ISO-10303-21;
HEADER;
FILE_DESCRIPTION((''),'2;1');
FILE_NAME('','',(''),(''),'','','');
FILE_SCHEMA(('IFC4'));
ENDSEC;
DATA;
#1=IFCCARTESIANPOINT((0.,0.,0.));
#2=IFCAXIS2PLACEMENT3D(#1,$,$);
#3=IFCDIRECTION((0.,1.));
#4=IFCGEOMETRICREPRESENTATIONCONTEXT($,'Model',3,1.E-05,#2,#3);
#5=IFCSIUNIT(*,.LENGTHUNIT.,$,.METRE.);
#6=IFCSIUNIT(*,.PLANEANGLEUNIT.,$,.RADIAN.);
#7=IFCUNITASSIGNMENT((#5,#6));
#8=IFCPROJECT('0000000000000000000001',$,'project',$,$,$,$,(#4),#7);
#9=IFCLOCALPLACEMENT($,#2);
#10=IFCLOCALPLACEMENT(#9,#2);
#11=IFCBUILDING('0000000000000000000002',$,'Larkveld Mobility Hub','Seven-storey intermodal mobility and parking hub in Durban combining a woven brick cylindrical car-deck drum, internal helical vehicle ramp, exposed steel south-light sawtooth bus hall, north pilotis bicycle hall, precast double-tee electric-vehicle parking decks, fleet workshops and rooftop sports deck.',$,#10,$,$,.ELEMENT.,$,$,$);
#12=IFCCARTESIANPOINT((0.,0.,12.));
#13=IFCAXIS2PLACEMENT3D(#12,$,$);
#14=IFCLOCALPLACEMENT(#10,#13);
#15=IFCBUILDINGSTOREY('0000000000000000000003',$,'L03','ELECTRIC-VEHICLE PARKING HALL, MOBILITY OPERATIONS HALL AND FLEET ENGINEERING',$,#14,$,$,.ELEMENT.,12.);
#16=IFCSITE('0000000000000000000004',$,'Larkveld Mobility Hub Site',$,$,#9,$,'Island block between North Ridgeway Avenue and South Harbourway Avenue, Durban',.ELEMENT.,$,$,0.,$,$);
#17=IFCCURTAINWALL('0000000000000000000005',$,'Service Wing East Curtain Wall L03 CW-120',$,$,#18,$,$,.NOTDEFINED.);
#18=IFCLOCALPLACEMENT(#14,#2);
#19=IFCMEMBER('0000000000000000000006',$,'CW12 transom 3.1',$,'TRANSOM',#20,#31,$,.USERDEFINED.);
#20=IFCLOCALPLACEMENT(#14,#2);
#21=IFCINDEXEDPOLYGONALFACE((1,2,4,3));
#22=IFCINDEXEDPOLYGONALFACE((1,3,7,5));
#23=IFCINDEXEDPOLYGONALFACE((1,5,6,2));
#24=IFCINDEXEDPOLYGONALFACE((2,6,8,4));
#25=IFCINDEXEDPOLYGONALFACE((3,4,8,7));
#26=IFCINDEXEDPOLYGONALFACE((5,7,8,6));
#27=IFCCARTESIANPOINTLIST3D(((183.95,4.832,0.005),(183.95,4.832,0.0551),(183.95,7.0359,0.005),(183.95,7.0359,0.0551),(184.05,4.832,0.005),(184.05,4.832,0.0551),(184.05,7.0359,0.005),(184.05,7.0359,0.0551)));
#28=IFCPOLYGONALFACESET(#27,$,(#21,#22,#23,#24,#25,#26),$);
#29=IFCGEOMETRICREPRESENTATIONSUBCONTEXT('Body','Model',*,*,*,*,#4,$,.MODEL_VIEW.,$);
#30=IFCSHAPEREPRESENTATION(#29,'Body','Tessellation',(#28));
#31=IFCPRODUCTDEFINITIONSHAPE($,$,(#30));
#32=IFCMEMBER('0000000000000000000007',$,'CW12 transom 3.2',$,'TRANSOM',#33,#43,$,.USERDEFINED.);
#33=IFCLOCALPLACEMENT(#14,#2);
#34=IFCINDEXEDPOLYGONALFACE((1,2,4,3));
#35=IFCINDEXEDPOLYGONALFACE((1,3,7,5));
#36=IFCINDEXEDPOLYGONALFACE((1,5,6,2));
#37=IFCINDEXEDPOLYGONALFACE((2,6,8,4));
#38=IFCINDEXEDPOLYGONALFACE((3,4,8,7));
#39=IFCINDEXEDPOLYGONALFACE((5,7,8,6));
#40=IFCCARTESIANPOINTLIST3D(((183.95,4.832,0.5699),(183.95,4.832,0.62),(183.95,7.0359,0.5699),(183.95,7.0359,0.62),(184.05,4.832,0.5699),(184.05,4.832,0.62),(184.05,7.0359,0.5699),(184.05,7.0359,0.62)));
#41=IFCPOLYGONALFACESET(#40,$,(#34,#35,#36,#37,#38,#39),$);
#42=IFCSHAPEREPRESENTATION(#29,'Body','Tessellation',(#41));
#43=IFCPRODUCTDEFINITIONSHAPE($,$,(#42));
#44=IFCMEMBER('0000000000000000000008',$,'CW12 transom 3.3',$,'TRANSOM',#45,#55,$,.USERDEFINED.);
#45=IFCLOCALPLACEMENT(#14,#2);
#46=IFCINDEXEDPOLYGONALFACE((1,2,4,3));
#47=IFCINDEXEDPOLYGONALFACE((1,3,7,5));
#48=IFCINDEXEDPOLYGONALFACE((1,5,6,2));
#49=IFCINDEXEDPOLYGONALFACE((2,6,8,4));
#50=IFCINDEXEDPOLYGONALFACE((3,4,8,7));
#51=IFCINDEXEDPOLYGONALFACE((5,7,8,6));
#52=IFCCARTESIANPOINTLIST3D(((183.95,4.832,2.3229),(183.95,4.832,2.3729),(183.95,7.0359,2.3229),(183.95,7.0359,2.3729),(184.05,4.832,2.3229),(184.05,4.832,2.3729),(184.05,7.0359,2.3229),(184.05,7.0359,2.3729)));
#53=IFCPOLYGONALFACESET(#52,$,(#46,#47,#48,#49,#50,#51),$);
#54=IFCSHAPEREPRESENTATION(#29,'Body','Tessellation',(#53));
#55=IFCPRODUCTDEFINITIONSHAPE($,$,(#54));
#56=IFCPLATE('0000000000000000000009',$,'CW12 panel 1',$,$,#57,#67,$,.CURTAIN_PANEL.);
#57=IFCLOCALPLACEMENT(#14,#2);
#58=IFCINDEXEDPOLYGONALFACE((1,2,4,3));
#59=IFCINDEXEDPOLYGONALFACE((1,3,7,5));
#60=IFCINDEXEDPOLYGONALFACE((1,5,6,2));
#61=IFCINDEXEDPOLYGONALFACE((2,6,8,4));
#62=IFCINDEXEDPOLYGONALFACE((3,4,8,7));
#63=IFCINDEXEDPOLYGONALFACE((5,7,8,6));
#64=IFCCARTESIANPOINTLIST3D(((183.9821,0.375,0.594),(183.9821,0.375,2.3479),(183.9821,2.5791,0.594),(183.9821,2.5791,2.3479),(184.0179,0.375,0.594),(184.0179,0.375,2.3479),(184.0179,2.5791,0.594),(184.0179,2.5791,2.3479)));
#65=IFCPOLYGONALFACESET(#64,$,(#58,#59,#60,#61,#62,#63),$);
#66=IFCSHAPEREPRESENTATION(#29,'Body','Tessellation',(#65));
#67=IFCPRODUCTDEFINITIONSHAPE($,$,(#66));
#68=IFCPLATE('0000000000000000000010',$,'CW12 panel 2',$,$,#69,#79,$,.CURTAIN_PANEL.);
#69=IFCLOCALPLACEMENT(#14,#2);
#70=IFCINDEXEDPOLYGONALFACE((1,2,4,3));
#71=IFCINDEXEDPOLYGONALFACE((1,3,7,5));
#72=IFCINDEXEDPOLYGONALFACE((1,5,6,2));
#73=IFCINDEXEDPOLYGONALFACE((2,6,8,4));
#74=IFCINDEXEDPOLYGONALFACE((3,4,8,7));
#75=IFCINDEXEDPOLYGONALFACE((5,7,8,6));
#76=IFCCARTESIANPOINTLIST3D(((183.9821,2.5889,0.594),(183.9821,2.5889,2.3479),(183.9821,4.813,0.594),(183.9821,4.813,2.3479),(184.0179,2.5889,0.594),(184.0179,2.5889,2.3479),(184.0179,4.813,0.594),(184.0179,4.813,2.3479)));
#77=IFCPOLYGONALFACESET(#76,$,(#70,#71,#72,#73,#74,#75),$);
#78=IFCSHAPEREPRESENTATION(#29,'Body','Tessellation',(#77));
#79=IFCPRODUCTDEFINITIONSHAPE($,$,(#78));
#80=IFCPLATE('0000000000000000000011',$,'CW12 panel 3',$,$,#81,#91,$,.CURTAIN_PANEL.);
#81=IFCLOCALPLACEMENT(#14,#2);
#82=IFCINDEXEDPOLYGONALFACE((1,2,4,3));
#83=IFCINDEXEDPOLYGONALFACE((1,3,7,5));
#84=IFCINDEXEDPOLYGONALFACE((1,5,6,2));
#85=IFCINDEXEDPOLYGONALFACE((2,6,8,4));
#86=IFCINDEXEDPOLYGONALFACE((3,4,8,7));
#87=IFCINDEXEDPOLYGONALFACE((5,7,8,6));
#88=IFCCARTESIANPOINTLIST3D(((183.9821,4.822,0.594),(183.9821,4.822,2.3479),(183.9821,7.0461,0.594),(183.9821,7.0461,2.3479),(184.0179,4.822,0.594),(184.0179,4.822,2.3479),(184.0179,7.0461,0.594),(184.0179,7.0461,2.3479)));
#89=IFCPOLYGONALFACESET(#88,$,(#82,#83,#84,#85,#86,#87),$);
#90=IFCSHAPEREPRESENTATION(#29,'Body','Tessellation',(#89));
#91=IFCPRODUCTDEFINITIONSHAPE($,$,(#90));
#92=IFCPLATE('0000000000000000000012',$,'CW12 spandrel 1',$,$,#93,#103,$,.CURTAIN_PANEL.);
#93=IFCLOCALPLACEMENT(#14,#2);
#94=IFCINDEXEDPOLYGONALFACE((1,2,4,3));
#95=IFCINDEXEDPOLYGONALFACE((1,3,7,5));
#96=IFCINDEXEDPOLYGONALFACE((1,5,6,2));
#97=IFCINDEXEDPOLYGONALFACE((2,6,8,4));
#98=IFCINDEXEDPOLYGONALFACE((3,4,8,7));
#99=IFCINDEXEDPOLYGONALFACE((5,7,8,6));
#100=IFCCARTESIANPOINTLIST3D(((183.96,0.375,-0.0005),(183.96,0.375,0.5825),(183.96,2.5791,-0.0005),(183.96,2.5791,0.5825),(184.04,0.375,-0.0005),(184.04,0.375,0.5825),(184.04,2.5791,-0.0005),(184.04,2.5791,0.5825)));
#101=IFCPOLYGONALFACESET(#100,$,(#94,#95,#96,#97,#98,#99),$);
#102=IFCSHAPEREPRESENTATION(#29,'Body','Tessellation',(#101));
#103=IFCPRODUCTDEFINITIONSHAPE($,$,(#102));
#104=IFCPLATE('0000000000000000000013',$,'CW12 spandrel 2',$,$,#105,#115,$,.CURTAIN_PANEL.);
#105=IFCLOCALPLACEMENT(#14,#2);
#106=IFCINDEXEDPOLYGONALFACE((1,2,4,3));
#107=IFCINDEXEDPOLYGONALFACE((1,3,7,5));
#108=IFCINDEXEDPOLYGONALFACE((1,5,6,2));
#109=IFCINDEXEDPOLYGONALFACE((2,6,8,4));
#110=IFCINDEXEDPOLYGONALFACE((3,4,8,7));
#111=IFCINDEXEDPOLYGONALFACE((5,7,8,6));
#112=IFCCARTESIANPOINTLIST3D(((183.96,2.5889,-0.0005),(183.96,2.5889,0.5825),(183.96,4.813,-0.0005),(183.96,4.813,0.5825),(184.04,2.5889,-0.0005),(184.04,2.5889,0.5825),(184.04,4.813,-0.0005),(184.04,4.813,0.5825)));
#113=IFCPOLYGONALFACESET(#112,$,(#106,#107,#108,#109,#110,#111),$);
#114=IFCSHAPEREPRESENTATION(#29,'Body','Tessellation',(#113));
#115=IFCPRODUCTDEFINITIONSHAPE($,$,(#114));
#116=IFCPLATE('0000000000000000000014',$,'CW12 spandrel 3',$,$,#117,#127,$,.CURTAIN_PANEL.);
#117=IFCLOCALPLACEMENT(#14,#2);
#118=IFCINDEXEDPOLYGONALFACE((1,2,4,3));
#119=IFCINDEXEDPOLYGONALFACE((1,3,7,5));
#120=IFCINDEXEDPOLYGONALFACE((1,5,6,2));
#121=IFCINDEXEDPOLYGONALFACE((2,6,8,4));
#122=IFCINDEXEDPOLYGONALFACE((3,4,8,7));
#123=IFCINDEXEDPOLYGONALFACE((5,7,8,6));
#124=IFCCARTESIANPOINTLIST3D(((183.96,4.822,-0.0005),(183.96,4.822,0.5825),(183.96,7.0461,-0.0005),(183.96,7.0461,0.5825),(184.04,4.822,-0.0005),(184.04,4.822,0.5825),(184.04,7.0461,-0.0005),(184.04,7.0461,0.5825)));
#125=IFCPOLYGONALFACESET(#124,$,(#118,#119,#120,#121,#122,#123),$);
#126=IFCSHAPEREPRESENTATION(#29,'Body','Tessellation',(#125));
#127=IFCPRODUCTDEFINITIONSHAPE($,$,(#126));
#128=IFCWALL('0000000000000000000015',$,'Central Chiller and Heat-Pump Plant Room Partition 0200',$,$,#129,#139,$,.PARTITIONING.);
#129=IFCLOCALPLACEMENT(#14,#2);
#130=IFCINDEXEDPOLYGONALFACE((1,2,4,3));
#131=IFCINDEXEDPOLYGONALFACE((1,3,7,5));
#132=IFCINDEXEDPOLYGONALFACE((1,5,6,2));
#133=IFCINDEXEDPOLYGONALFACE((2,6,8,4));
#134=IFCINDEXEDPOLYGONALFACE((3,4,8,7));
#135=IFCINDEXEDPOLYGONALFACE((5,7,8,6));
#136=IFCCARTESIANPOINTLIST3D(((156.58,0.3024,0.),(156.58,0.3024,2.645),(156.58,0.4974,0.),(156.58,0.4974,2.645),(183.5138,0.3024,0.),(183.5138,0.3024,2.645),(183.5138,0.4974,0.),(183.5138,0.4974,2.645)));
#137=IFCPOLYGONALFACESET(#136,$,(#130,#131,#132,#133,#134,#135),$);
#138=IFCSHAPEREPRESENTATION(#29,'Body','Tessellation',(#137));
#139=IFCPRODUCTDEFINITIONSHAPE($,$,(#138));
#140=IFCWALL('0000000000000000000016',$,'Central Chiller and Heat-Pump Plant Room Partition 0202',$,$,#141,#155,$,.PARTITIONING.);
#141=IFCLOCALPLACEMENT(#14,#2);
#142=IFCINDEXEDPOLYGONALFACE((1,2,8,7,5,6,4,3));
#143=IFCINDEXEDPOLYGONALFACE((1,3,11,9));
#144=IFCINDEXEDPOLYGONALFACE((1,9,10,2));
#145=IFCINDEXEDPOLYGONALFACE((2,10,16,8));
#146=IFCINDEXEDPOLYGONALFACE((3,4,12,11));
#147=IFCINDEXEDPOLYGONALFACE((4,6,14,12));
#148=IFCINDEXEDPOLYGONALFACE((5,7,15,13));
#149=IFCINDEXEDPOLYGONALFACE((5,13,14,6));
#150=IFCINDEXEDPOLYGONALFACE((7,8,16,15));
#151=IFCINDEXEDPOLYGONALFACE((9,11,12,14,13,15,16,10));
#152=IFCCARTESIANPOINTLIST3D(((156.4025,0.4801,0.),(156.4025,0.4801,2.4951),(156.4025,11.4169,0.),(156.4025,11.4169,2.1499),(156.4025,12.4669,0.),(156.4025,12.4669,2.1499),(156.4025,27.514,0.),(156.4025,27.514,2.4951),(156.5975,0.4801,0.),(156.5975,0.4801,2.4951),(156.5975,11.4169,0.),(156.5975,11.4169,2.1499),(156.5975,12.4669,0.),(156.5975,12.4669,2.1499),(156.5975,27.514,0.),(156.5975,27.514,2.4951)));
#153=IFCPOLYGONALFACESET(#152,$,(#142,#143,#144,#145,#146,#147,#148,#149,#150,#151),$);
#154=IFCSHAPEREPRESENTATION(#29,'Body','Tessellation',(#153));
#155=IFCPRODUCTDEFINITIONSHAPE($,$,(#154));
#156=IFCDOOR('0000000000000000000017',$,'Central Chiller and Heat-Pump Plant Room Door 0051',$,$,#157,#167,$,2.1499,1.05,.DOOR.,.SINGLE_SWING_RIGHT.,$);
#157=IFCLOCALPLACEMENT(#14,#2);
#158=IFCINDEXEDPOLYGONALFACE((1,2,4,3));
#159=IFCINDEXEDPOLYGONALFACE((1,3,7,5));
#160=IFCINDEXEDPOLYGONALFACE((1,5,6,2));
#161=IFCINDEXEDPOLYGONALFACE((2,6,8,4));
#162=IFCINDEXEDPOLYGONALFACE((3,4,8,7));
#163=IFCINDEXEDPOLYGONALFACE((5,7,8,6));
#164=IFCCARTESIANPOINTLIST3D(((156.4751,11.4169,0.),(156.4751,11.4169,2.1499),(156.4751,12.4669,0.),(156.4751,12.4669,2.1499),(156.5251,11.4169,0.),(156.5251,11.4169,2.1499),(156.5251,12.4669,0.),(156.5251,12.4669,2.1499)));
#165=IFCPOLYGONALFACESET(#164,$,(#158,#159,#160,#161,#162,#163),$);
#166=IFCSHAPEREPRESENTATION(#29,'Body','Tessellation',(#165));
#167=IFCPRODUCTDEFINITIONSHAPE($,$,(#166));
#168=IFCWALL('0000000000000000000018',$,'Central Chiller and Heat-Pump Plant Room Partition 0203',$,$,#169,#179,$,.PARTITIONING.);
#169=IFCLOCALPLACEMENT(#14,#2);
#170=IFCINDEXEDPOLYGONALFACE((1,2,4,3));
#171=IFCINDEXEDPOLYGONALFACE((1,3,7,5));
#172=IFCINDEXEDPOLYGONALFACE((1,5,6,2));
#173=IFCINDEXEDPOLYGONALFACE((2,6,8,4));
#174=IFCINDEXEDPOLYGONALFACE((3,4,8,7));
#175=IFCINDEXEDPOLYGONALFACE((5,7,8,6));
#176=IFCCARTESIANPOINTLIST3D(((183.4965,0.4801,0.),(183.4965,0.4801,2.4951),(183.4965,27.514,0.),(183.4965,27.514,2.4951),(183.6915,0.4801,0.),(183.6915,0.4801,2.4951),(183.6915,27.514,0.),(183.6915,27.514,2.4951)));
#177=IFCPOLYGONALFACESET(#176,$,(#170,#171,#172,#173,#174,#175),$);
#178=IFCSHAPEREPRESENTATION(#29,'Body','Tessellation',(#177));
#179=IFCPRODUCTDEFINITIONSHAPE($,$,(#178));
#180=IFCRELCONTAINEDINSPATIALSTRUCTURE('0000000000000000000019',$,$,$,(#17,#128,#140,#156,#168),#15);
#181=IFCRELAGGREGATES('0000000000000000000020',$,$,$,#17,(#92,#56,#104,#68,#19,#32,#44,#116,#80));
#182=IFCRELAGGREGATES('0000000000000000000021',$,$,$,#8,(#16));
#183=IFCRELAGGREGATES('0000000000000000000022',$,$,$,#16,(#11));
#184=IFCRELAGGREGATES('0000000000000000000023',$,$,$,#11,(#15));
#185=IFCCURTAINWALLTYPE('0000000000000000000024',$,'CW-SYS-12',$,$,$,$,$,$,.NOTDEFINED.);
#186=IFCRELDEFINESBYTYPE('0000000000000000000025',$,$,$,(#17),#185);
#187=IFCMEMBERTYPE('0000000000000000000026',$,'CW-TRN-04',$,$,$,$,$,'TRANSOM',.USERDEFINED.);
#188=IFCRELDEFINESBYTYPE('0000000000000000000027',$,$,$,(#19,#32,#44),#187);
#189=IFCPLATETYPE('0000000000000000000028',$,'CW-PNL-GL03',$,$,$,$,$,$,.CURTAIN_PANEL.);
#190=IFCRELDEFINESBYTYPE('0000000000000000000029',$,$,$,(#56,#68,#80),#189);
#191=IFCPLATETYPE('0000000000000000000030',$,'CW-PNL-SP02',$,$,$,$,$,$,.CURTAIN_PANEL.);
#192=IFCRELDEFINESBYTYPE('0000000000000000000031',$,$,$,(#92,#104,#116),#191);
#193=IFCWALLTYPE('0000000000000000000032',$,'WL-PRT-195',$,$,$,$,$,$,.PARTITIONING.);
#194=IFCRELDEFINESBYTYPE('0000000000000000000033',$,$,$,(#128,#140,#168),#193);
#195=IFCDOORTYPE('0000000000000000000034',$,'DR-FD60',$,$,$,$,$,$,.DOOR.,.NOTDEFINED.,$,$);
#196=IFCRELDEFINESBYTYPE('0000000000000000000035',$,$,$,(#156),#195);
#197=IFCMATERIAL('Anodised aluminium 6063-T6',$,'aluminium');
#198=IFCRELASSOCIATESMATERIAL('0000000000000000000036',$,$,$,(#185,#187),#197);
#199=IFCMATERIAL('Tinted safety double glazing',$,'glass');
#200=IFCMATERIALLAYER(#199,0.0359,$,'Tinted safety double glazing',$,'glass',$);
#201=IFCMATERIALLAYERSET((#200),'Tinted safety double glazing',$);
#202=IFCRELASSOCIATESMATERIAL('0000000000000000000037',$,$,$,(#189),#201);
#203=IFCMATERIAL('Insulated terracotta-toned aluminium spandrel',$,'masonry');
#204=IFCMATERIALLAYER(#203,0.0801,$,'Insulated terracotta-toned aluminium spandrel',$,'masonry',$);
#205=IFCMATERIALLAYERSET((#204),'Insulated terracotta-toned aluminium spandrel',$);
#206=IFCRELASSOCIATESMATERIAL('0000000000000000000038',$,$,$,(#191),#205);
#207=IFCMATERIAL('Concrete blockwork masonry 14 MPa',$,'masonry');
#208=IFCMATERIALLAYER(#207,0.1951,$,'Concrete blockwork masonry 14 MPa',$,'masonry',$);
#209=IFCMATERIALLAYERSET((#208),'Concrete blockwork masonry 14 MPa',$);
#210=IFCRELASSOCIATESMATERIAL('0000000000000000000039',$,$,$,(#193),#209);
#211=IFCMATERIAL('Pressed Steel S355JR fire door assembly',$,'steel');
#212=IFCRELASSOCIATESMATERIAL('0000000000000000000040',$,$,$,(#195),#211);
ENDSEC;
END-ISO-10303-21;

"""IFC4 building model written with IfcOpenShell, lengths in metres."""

from ifc_helpers import new_model, si_unit, direction, frame, frame_2d, origin, origin_2d, place, context, subcontext, project, spatial, rectangle, extrude, material, layer, layer_set, material_profile, profile_set, type_object, element, fill, aggregate, save


model = new_model("IFC4")

# Units and contexts
model_context = context("Model", 3, precision=1e-05, world=origin(), true_north=direction((0.0, 1.0)))
body_context = subcontext(model_context, "Body", "Model", "MODEL_VIEW")
ifc_project = project(units=[si_unit("LENGTHUNIT", "METRE"), si_unit("PLANEANGLEUNIT", "RADIAN")], contexts=[model_context])

# Site, building, storey
site_placement = place(None, origin())
site = spatial("IfcSite", under=ifc_project, at=site_placement, Name="Larkveld Mobility Hub Site", LongName="Island block between North Ridgeway Avenue and South Harbourway Avenue, Durban", CompositionType="ELEMENT", RefElevation=0.0)
building_placement = place(site_placement, origin())
building = spatial("IfcBuilding", under=site, at=building_placement, Name="Larkveld Mobility Hub", Description="Seven-storey intermodal mobility and parking hub in Durban combining a woven brick cylindrical car-deck drum, internal helical vehicle ramp, exposed steel south-light sawtooth bus hall, north pilotis bicycle hall, precast double-tee electric-vehicle parking decks, fleet workshops and rooftop sports deck.", CompositionType="ELEMENT")
storey_placement = place(building_placement, frame((0.0, 0.0, 12.0)))
storey = spatial("IfcBuildingStorey", under=building, at=storey_placement, Name="L03", Description="ELECTRIC-VEHICLE PARKING HALL, MOBILITY OPERATIONS HALL AND FLEET ENGINEERING", CompositionType="ELEMENT", Elevation=12.0)

# Curtain wall, members, plates
ifc_material_1 = material(Name="Anodised aluminium 6063-T6", Category="aluminium")
curtain_wall_type = type_object("IfcCurtainWallType", Name="CW-SYS-12", PredefinedType="NOTDEFINED", material=ifc_material_1)
curtain_wall_placement = place(storey_placement, origin())
curtain_wall = element("IfcCurtainWall", 1, at=curtain_wall_placement, inside=storey, type_object=curtain_wall_type, Name="Service Wing East Curtain Wall L03 CW-120", PredefinedType="NOTDEFINED")
ifc_material_profile_1 = material_profile(ifc_material_1, rectangle(XDim=0.1001, YDim=0.05, at=origin_2d()), Name="ALU TRAN 50x100")
ifc_profile_set_1 = profile_set([ifc_material_profile_1], Name="Anodised aluminium 6063-T6")
member_type_1 = type_object("IfcMemberType", Name="CW-TRN-04", ElementType="TRANSOM", PredefinedType="USERDEFINED", material=ifc_profile_set_1)
member_1_placement = place(storey_placement, frame((184.0, 4.832, 0.03), z_axis=(0.0, 1.0, 0.0), x_axis=(-1.0, 0.0, 0.0)))
member_1 = element("IfcMember", 2, at=member_1_placement, type_object=member_type_1, Name="CW12 transom 3.1", ObjectType="TRANSOM", PredefinedType="USERDEFINED", context=body_context, shape_type="SweptSolid", body=[
    extrude(rectangle(XDim=0.1001, YDim=0.05, at=origin_2d()), origin(), (0.0, 0.0, 1.0), 2.2039),
])
member_2_placement = place(storey_placement, frame((184.0, 4.832, 0.595), z_axis=(0.0, 1.0, 0.0), x_axis=(-1.0, 0.0, 0.0)))
member_2 = element("IfcMember", 3, at=member_2_placement, type_object=member_type_1, Name="CW12 transom 3.2", ObjectType="TRANSOM", PredefinedType="USERDEFINED", context=body_context, shape_type="SweptSolid", body=[
    extrude(rectangle(XDim=0.1001, YDim=0.05, at=origin_2d()), origin(), (0.0, 0.0, 1.0), 2.2039),
])
member_3_placement = place(storey_placement, frame((184.0, 4.832, 2.3479), z_axis=(0.0, 1.0, 0.0), x_axis=(-1.0, 0.0, 0.0)))
member_3 = element("IfcMember", 4, at=member_3_placement, type_object=member_type_1, Name="CW12 transom 3.3", ObjectType="TRANSOM", PredefinedType="USERDEFINED", context=body_context, shape_type="SweptSolid", body=[
    extrude(rectangle(XDim=0.1001, YDim=0.05, at=origin_2d()), origin(), (0.0, 0.0, 1.0), 2.2039),
])
ifc_material_2 = material(Name="Tinted safety double glazing", Category="glass")
ifc_layer_1 = layer(ifc_material_2, 0.0359, Name="Tinted safety double glazing", Category="glass")
ifc_layer_set_1 = layer_set([ifc_layer_1], Name="Tinted safety double glazing")
plate_type_1 = type_object("IfcPlateType", Name="CW-PNL-GL03", PredefinedType="CURTAIN_PANEL", material=ifc_layer_set_1)
plate_1_placement = place(storey_placement, frame((184.0, 1.4771, 0.594), z_axis=(0.0, 0.0, 1.0), x_axis=(0.0, 1.0, 0.0)))
plate_1 = element("IfcPlate", 5, at=plate_1_placement, type_object=plate_type_1, Name="CW12 panel 1", PredefinedType="CURTAIN_PANEL", context=body_context, shape_type="SweptSolid", body=[
    extrude(rectangle(XDim=2.2041, YDim=0.0359, at=origin_2d()), origin(), (0.0, 0.0, 1.0), 1.7539),
])
plate_2_placement = place(storey_placement, frame((184.0, 3.7009, 0.594), z_axis=(0.0, 0.0, 1.0), x_axis=(0.0, 1.0, 0.0)))
plate_2 = element("IfcPlate", 6, at=plate_2_placement, type_object=plate_type_1, Name="CW12 panel 2", PredefinedType="CURTAIN_PANEL", context=body_context, shape_type="SweptSolid", body=[
    extrude(rectangle(XDim=2.2241, YDim=0.0359, at=origin_2d()), origin(), (0.0, 0.0, 1.0), 1.7539),
])
plate_3_placement = place(storey_placement, frame((184.0, 5.9341, 0.594), z_axis=(0.0, 0.0, 1.0), x_axis=(0.0, 1.0, 0.0)))
plate_3 = element("IfcPlate", 7, at=plate_3_placement, type_object=plate_type_1, Name="CW12 panel 3", PredefinedType="CURTAIN_PANEL", context=body_context, shape_type="SweptSolid", body=[
    extrude(rectangle(XDim=2.2241, YDim=0.0359, at=origin_2d()), origin(), (0.0, 0.0, 1.0), 1.7539),
])
ifc_material_3 = material(Name="Insulated terracotta-toned aluminium spandrel", Category="masonry")
ifc_layer_2 = layer(ifc_material_3, 0.0801, Name="Insulated terracotta-toned aluminium spandrel", Category="masonry")
ifc_layer_set_2 = layer_set([ifc_layer_2], Name="Insulated terracotta-toned aluminium spandrel")
plate_type_2 = type_object("IfcPlateType", Name="CW-PNL-SP02", PredefinedType="CURTAIN_PANEL", material=ifc_layer_set_2)
plate_4_placement = place(storey_placement, frame((184.0, 1.4771, -0.0005), z_axis=(0.0, 0.0, 1.0), x_axis=(0.0, 1.0, 0.0)))
plate_4 = element("IfcPlate", 8, at=plate_4_placement, type_object=plate_type_2, Name="CW12 spandrel 1", PredefinedType="CURTAIN_PANEL", context=body_context, shape_type="SweptSolid", body=[
    extrude(rectangle(XDim=2.2041, YDim=0.0801, at=origin_2d()), origin(), (0.0, 0.0, 1.0), 0.583),
])
plate_5_placement = place(storey_placement, frame((184.0, 3.7009, -0.0005), z_axis=(0.0, 0.0, 1.0), x_axis=(0.0, 1.0, 0.0)))
plate_5 = element("IfcPlate", 9, at=plate_5_placement, type_object=plate_type_2, Name="CW12 spandrel 2", PredefinedType="CURTAIN_PANEL", context=body_context, shape_type="SweptSolid", body=[
    extrude(rectangle(XDim=2.2241, YDim=0.0801, at=origin_2d()), origin(), (0.0, 0.0, 1.0), 0.583),
])
plate_6_placement = place(storey_placement, frame((184.0, 5.9341, -0.0005), z_axis=(0.0, 0.0, 1.0), x_axis=(0.0, 1.0, 0.0)))
plate_6 = element("IfcPlate", 10, at=plate_6_placement, type_object=plate_type_2, Name="CW12 spandrel 3", PredefinedType="CURTAIN_PANEL", context=body_context, shape_type="SweptSolid", body=[
    extrude(rectangle(XDim=2.2241, YDim=0.0801, at=origin_2d()), origin(), (0.0, 0.0, 1.0), 0.583),
])
aggregate(curtain_wall, [plate_4, plate_1, plate_5, plate_2, member_1, member_2, member_3, plate_6, plate_3])

# Wall
ifc_material_4 = material(Name="Concrete blockwork masonry 14 MPa", Category="masonry")
ifc_layer_3 = layer(ifc_material_4, 0.1951, Name="Concrete blockwork masonry 14 MPa", Category="masonry")
ifc_layer_set_3 = layer_set([ifc_layer_3], Name="Concrete blockwork masonry 14 MPa")
wall_type_1 = type_object("IfcWallType", Name="WL-PRT-195", PredefinedType="PARTITIONING", material=ifc_layer_set_3)
wall_1_placement = place(storey_placement, frame((156.5801, 0.3999, 0.0), z_axis=(0.0, 0.0, 1.0), x_axis=(1.0, 0.0, 0.0)))
element("IfcWall", 11, at=wall_1_placement, inside=storey, type_object=wall_type_1, Name="Central Chiller and Heat-Pump Plant Room Partition 0200", PredefinedType="PARTITIONING", context=body_context, shape_type="SweptSolid", body=[
    extrude(rectangle(XDim=26.9338, YDim=0.1951, at=frame_2d((13.4668, 0.0))), origin(), (0.0, 0.0, 1.0), 2.645),
])

# Wall, opening, door
wall_2_placement = place(storey_placement, frame((156.5, 0.48, 0.0), z_axis=(0.0, 0.0, 1.0), x_axis=(0.0, 1.0, 0.0)))
wall_2 = element("IfcWall", 12, at=wall_2_placement, inside=storey, type_object=wall_type_1, Name="Central Chiller and Heat-Pump Plant Room Partition 0202", PredefinedType="PARTITIONING", context=body_context, shape_type="SweptSolid", body=[
    extrude(rectangle(XDim=27.0339, YDim=0.1951, at=frame_2d((13.5171, 0.0))), origin(), (0.0, 0.0, 1.0), 2.4951),
])
opening_placement = place(wall_2_placement, frame((10.937, 0.0, 0.0)))
opening = element("IfcOpeningElement", 13, at=opening_placement, cuts=wall_2, PredefinedType="OPENING", context=body_context, shape_type="SweptSolid", body=[
    extrude(rectangle(XDim=1.05, YDim=2.1499, at=frame_2d((0.5249, 1.075))), frame((0.0, 0.1074, 0.0), z_axis=(0.0, -1.0, 0.0), x_axis=(1.0, 0.0, 0.0)), (0.0, 0.0, 1.0), 0.2151),
])
ifc_material_5 = material(Name="Pressed Steel S355JR fire door assembly", Category="steel")
door_type = type_object("IfcDoorType", Name="DR-FD60", OperationType="NOTDEFINED", PredefinedType="DOOR", material=ifc_material_5)
door_placement = place(opening_placement, origin())
door = element("IfcDoor", 14, at=door_placement, inside=storey, type_object=door_type, Name="Central Chiller and Heat-Pump Plant Room Door 0051", OperationType="SINGLE_SWING_RIGHT", OverallHeight=2.1499, OverallWidth=1.05, PredefinedType="DOOR", context=body_context, shape_type="SweptSolid", body=[
    extrude(rectangle(XDim=1.05, YDim=2.1499, at=frame_2d((0.5249, 1.075))), frame((0.0, 0.0249, 0.0), z_axis=(0.0, -1.0, 0.0), x_axis=(1.0, 0.0, 0.0)), (0.0, 0.0, 1.0), 0.05),
])
fill(opening, door)

# Wall
wall_3_placement = place(storey_placement, frame((183.594, 0.48, 0.0), z_axis=(0.0, 0.0, 1.0), x_axis=(0.0, 1.0, 0.0)))
element("IfcWall", 15, at=wall_3_placement, inside=storey, type_object=wall_type_1, Name="Central Chiller and Heat-Pump Plant Room Partition 0203", PredefinedType="PARTITIONING", context=body_context, shape_type="SweptSolid", body=[
    extrude(rectangle(XDim=27.0339, YDim=0.1951, at=frame_2d((13.5171, 0.0))), origin(), (0.0, 0.0, 1.0), 2.4951),
])

save(model, "model.ifc")
